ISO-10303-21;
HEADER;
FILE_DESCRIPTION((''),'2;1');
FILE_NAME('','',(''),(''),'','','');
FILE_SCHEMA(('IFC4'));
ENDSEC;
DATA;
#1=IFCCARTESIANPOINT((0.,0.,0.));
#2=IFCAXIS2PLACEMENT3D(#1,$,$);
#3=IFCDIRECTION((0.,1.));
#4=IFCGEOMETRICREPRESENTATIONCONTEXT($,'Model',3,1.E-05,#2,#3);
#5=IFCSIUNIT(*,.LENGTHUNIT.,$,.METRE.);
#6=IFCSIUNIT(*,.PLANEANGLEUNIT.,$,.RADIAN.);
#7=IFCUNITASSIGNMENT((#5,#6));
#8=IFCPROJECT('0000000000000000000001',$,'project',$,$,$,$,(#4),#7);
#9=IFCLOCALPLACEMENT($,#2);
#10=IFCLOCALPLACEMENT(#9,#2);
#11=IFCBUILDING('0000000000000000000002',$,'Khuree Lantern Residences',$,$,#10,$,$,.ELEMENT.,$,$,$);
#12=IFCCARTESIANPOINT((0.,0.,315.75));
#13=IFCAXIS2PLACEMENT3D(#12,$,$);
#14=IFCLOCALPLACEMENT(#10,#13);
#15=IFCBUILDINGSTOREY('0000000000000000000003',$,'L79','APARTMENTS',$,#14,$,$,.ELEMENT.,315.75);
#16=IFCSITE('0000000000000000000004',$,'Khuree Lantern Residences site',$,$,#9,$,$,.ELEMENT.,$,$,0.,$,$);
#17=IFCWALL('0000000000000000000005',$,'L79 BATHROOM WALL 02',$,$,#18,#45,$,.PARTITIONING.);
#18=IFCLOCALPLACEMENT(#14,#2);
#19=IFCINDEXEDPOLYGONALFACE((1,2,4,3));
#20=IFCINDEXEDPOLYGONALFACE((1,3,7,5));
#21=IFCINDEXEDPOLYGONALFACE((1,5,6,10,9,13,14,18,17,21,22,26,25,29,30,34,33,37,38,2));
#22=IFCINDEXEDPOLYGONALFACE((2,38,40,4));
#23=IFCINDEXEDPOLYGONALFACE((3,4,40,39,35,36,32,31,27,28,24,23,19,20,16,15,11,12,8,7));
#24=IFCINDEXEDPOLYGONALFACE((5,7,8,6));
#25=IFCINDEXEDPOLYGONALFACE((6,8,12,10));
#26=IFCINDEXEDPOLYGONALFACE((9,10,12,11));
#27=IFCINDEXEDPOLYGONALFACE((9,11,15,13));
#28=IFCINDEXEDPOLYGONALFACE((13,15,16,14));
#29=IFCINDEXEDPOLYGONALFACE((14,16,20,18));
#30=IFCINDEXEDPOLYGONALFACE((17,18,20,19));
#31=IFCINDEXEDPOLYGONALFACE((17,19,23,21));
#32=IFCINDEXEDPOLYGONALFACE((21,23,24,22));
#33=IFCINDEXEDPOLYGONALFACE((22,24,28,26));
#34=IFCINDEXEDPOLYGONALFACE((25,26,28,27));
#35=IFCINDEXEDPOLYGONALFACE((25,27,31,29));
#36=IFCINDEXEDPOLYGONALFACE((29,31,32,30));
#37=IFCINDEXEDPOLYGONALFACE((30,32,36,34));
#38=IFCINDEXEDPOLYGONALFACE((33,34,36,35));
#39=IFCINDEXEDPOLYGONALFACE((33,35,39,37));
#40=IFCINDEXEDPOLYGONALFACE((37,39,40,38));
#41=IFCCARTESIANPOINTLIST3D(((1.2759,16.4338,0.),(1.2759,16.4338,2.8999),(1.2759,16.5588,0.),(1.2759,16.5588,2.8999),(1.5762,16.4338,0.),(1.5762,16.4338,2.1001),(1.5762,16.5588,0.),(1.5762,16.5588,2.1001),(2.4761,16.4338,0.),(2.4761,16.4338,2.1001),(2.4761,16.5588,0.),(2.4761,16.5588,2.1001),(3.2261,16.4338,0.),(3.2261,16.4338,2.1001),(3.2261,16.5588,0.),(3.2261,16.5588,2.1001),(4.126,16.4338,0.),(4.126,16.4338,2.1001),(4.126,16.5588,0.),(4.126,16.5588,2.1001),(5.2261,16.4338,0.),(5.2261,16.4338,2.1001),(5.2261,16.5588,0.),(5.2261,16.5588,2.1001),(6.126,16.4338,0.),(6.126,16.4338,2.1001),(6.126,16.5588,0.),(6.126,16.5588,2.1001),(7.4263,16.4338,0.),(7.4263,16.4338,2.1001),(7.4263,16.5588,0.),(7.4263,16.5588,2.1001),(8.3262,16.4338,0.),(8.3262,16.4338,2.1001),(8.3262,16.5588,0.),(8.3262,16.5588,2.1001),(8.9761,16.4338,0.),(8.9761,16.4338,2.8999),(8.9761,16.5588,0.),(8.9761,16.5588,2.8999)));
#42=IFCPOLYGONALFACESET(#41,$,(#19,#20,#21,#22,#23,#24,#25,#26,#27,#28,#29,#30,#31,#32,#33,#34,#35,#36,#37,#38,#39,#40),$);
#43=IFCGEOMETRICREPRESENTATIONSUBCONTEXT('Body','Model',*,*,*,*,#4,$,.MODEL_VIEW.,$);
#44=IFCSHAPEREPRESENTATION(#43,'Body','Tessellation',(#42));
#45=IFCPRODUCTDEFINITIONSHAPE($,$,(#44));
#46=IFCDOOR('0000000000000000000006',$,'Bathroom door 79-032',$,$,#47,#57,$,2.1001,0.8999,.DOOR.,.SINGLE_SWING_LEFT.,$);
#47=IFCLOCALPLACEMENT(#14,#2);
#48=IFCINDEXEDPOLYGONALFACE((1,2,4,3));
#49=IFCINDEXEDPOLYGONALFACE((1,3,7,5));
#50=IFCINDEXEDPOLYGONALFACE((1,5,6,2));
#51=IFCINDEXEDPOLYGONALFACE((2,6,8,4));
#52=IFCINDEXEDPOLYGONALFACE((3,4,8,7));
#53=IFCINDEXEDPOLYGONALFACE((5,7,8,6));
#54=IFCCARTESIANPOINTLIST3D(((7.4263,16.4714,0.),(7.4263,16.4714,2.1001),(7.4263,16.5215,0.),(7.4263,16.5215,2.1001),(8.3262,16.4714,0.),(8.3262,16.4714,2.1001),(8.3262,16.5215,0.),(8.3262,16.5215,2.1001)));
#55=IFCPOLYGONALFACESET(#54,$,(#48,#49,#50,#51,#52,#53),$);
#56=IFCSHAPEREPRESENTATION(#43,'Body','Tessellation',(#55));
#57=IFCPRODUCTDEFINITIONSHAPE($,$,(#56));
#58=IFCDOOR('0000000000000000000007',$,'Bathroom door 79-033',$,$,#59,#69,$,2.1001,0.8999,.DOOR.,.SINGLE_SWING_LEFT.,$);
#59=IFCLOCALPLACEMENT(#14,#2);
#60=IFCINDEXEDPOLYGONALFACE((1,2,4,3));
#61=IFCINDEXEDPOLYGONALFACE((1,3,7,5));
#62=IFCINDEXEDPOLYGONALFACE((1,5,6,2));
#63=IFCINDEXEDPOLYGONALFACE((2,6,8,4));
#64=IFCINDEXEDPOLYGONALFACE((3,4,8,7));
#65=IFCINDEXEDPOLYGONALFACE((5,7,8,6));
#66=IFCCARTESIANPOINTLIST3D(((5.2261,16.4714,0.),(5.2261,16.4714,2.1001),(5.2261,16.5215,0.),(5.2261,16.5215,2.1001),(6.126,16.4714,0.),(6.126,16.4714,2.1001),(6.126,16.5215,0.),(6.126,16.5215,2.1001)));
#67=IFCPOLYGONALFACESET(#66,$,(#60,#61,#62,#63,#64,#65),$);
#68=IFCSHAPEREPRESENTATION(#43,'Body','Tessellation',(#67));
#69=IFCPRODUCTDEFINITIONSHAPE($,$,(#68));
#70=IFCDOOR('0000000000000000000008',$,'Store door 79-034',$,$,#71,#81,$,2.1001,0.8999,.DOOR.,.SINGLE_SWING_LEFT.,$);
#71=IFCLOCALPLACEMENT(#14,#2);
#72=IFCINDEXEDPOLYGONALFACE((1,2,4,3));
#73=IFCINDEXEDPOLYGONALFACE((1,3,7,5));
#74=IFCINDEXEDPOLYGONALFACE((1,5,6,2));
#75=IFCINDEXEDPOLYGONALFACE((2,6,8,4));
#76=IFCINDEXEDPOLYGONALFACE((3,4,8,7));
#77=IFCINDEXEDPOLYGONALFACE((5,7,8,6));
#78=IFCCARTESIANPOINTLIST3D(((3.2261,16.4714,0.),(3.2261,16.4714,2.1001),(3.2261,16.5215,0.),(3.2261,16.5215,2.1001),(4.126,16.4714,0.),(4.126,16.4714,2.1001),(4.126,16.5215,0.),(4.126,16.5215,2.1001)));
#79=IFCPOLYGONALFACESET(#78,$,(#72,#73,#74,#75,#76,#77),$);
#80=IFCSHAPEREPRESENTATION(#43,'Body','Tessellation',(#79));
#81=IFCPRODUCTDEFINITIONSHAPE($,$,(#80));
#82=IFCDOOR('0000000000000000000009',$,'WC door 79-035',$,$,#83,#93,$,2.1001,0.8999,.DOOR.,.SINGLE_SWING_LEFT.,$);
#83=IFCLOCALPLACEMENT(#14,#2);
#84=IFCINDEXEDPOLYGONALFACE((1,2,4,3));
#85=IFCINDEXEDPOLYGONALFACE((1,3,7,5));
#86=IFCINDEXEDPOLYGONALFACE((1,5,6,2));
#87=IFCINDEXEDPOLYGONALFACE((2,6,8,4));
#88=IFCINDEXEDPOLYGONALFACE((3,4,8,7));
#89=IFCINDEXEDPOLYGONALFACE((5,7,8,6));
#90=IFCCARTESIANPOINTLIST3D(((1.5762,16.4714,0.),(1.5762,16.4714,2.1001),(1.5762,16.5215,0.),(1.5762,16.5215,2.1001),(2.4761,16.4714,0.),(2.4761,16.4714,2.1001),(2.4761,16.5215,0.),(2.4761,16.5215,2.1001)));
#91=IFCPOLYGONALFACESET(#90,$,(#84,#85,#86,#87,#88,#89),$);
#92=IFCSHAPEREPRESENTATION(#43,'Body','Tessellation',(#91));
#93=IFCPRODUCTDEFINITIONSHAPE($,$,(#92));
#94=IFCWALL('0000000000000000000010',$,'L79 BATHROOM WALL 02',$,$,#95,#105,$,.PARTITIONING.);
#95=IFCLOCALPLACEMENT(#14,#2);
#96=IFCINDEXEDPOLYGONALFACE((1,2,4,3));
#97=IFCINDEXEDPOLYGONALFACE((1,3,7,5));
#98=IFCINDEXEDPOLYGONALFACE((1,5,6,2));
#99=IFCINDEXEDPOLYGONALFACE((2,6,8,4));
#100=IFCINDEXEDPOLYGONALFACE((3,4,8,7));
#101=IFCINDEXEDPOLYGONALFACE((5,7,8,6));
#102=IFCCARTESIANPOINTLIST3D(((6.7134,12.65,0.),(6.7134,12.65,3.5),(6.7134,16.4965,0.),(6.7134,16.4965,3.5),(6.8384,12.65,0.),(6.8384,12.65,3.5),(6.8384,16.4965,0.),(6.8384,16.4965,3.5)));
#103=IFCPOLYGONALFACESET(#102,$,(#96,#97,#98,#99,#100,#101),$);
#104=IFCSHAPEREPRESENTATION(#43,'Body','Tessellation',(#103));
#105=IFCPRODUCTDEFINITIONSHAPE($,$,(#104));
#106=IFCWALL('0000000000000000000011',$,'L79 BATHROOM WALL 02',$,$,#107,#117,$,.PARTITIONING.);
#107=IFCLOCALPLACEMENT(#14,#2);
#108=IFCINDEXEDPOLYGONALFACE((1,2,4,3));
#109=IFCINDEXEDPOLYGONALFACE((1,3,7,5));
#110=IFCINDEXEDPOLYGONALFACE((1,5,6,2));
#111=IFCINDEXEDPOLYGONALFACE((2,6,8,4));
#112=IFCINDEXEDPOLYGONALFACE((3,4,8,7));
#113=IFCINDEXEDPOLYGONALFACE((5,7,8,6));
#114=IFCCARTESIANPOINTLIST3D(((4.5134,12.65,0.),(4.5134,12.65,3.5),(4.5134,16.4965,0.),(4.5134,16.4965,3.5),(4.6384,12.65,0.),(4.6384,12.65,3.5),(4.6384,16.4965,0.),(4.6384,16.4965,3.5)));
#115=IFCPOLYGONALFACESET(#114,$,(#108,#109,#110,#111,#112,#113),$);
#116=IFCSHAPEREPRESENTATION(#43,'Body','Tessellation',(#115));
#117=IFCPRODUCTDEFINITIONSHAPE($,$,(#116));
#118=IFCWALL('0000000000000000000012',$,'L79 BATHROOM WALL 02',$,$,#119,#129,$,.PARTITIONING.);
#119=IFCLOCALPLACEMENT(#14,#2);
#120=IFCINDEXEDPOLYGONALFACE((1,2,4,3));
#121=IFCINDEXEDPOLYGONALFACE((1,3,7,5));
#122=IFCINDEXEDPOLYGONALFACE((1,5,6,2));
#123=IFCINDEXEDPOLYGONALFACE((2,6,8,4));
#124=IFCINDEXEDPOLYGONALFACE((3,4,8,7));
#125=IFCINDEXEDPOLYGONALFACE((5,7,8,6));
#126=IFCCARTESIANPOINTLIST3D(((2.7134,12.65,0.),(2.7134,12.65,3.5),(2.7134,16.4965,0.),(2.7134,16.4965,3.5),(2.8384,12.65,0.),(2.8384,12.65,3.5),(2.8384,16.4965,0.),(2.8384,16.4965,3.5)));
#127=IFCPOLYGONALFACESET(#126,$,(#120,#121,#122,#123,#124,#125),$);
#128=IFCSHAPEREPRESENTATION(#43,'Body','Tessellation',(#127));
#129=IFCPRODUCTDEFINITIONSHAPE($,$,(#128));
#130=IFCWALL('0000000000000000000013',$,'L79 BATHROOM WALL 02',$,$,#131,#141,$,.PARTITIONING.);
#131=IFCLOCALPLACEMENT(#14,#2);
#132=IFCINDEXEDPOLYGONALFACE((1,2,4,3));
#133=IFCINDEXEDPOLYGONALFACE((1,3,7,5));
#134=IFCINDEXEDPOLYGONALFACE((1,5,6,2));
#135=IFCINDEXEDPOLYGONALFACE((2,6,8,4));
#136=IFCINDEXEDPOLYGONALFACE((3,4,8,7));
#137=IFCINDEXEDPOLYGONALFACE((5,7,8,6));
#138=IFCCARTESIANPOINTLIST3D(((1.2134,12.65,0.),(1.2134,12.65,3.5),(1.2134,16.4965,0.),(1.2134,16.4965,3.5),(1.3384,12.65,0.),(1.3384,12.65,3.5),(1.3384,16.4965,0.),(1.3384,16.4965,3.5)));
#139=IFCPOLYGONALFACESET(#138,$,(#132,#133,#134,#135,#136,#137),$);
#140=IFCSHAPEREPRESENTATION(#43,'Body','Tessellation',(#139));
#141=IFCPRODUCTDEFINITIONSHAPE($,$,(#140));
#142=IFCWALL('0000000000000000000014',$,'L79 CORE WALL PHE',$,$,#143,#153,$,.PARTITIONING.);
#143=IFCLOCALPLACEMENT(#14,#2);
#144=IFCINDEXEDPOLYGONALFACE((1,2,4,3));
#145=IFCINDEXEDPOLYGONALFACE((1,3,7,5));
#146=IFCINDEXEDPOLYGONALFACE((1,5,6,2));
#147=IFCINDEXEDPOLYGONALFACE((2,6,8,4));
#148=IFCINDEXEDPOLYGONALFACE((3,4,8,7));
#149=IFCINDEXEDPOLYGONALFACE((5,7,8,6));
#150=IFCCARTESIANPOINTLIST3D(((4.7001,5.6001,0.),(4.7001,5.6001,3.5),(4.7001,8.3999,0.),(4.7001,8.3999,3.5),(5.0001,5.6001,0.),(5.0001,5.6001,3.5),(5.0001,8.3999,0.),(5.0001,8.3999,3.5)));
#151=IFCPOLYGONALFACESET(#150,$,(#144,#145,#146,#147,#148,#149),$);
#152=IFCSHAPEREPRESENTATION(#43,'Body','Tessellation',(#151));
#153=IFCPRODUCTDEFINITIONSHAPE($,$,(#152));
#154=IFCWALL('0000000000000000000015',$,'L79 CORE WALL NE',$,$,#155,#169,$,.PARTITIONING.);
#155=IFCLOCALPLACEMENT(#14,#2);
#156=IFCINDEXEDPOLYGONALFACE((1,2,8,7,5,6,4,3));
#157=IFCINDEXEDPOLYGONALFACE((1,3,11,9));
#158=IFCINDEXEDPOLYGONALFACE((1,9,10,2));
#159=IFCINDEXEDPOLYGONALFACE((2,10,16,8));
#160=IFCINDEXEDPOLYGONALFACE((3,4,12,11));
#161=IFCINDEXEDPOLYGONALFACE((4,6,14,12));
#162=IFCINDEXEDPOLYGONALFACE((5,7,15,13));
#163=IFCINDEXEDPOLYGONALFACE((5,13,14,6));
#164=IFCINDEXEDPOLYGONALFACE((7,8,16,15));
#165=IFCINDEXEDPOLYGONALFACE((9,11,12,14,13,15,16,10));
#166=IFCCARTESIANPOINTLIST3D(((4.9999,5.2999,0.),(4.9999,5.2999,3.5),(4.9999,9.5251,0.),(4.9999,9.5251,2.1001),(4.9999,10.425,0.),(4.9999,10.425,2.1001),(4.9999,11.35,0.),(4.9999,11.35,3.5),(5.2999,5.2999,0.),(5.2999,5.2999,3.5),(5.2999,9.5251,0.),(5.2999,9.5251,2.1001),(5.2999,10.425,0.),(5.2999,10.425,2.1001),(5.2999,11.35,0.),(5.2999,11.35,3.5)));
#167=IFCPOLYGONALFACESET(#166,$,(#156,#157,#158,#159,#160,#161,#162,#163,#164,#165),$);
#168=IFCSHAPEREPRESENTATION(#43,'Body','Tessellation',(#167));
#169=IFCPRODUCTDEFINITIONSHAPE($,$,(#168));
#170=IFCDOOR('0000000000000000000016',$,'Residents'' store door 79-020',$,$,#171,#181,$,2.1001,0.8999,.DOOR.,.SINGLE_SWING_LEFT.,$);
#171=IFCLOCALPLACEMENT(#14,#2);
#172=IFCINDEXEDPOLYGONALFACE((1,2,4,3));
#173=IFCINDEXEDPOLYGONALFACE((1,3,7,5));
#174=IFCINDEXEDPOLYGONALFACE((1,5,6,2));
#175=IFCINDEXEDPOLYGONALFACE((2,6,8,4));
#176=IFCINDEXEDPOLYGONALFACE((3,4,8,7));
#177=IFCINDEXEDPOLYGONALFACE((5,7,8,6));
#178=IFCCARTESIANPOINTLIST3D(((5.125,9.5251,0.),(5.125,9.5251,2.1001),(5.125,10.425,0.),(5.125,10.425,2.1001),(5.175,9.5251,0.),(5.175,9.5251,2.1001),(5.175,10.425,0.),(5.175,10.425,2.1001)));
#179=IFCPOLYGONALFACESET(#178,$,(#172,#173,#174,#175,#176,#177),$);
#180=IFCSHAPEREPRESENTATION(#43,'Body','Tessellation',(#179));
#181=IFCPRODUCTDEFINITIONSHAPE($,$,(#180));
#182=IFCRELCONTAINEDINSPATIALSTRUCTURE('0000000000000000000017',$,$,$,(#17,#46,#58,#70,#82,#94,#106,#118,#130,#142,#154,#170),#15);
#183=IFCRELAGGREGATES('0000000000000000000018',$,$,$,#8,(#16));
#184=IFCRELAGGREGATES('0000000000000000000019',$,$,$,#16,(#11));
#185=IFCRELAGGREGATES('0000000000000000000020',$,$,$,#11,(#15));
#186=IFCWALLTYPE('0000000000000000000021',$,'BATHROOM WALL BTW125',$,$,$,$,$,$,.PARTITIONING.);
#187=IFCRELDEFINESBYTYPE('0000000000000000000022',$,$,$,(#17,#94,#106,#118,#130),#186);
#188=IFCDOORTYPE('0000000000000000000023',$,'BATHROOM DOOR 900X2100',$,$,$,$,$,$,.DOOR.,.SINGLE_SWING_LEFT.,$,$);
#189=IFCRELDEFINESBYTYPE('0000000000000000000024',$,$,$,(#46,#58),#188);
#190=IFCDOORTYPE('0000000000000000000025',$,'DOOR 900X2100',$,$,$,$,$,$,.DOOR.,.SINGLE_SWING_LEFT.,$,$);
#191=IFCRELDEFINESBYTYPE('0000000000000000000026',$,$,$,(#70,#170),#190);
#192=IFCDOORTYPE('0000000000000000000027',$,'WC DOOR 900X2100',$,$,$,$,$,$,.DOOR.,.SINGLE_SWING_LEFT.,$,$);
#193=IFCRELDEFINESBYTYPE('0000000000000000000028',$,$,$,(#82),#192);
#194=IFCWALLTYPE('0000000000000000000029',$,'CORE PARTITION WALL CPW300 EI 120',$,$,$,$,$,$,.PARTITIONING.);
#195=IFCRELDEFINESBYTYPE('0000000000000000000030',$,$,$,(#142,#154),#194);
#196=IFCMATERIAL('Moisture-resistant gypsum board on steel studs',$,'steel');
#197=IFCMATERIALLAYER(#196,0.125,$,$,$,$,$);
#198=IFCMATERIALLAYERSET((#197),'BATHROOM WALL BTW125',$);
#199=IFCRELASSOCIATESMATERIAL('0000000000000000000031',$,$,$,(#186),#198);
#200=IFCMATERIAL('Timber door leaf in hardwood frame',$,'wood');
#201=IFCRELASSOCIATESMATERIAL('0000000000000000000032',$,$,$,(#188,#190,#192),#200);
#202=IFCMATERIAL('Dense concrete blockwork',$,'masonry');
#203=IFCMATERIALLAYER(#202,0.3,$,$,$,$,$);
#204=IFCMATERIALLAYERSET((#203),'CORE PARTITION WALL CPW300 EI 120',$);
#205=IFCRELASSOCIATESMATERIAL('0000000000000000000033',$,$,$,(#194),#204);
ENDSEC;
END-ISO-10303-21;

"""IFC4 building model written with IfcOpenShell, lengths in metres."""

from ifc_helpers import new_model, si_unit, direction, frame, frame_2d, origin, place, context, subcontext, project, spatial, rectangle, extrude, material, layer, layer_set, type_object, element, fill, save


model = new_model("IFC4")

# Units and contexts
model_context = context("Model", 3, precision=1e-05, world=origin(), true_north=direction((0.0, 1.0)))
body_context = subcontext(model_context, "Body", "Model", "MODEL_VIEW")
ifc_project = project(units=[si_unit("LENGTHUNIT", "METRE"), si_unit("PLANEANGLEUNIT", "RADIAN")], contexts=[model_context])

# Site, building, storey
site_placement = place(None, origin())
site = spatial("IfcSite", under=ifc_project, at=site_placement, Name="Khuree Lantern Residences site", CompositionType="ELEMENT", RefElevation=0.0)
building_placement = place(site_placement, origin())
building = spatial("IfcBuilding", under=site, at=building_placement, Name="Khuree Lantern Residences", CompositionType="ELEMENT")
storey_placement = place(building_placement, frame((0.0, 0.0, 315.75)))
storey = spatial("IfcBuildingStorey", under=building, at=storey_placement, Name="L79", Description="APARTMENTS", CompositionType="ELEMENT", Elevation=315.75)

# Wall, openings, doors
ifc_material_1 = material(Name="Moisture-resistant gypsum board on steel studs", Category="steel")
ifc_layer_1 = layer(ifc_material_1, 0.125)
ifc_layer_set_1 = layer_set([ifc_layer_1], Name="BATHROOM WALL BTW125")
wall_type_1 = type_object("IfcWallType", Name="BATHROOM WALL BTW125", PredefinedType="PARTITIONING", material=ifc_layer_set_1)
wall_1_placement = place(storey_placement, frame((8.9761, 16.4963, 0.0), z_axis=(0.0, 0.0, 1.0), x_axis=(-1.0, 0.0, 0.0)))
wall_1 = element("IfcWall", 1, at=wall_1_placement, inside=storey, type_object=wall_type_1, Name="L79 BATHROOM WALL 02", PredefinedType="PARTITIONING", context=body_context, shape_type="SweptSolid", body=[
    extrude(rectangle(XDim=7.7002, YDim=0.125, at=frame_2d((3.8501, 0.0))), origin(), (0.0, 0.0, 1.0), 2.8999),
])
opening_1_placement = place(wall_1_placement, frame((0.6499, 0.0, 0.0)))
opening_1 = element("IfcOpeningElement", 2, at=opening_1_placement, cuts=wall_1, PredefinedType="OPENING", context=body_context, shape_type="SweptSolid", body=[
    extrude(rectangle(XDim=0.8999, YDim=2.1001, at=frame_2d((0.45, 1.05))), frame((0.0, 0.0725, 0.0), z_axis=(0.0, -1.0, 0.0), x_axis=(1.0, 0.0, 0.0)), (0.0, 0.0, 1.0), 0.145),
])
opening_2_placement = place(wall_1_placement, frame((2.8501, 0.0, 0.0)))
opening_2 = element("IfcOpeningElement", 3, at=opening_2_placement, cuts=wall_1, PredefinedType="OPENING", context=body_context, shape_type="SweptSolid", body=[
    extrude(rectangle(XDim=0.8999, YDim=2.1001, at=frame_2d((0.45, 1.05))), frame((0.0, 0.0725, 0.0), z_axis=(0.0, -1.0, 0.0), x_axis=(1.0, 0.0, 0.0)), (0.0, 0.0, 1.0), 0.145),
])
opening_3_placement = place(wall_1_placement, frame((4.8501, 0.0, 0.0)))
opening_3 = element("IfcOpeningElement", 4, at=opening_3_placement, cuts=wall_1, PredefinedType="OPENING", context=body_context, shape_type="SweptSolid", body=[
    extrude(rectangle(XDim=0.8999, YDim=2.1001, at=frame_2d((0.45, 1.05))), frame((0.0, 0.0725, 0.0), z_axis=(0.0, -1.0, 0.0), x_axis=(1.0, 0.0, 0.0)), (0.0, 0.0, 1.0), 0.145),
])
opening_4_placement = place(wall_1_placement, frame((6.5, 0.0, 0.0)))
opening_4 = element("IfcOpeningElement", 5, at=opening_4_placement, cuts=wall_1, PredefinedType="OPENING", context=body_context, shape_type="SweptSolid", body=[
    extrude(rectangle(XDim=0.8999, YDim=2.1001, at=frame_2d((0.45, 1.05))), frame((0.0, 0.0725, 0.0), z_axis=(0.0, -1.0, 0.0), x_axis=(1.0, 0.0, 0.0)), (0.0, 0.0, 1.0), 0.145),
])
ifc_material_2 = material(Name="Timber door leaf in hardwood frame", Category="wood")
door_type_1 = type_object("IfcDoorType", Name="BATHROOM DOOR 900X2100", OperationType="SINGLE_SWING_LEFT", PredefinedType="DOOR", material=ifc_material_2)
door_1_placement = place(opening_1_placement, origin())
door_1 = element("IfcDoor", 6, at=door_1_placement, inside=storey, type_object=door_type_1, Name="Bathroom door 79-032", OperationType="SINGLE_SWING_LEFT", OverallHeight=2.1001, OverallWidth=0.8999, PredefinedType="DOOR", context=body_context, shape_type="SweptSolid", body=[
    extrude(rectangle(XDim=0.8999, YDim=2.1001, at=frame_2d((0.45, 1.05))), frame((0.0, 0.0249, 0.0), z_axis=(0.0, -1.0, 0.0), x_axis=(1.0, 0.0, 0.0)), (0.0, 0.0, 1.0), 0.05),
])
fill(opening_1, door_1)
door_2_placement = place(opening_2_placement, origin())
door_2 = element("IfcDoor", 7, at=door_2_placement, inside=storey, type_object=door_type_1, Name="Bathroom door 79-033", OperationType="SINGLE_SWING_LEFT", OverallHeight=2.1001, OverallWidth=0.8999, PredefinedType="DOOR", context=body_context, shape_type="SweptSolid", body=[
    extrude(rectangle(XDim=0.8999, YDim=2.1001, at=frame_2d((0.45, 1.05))), frame((0.0, 0.0249, 0.0), z_axis=(0.0, -1.0, 0.0), x_axis=(1.0, 0.0, 0.0)), (0.0, 0.0, 1.0), 0.05),
])
fill(opening_2, door_2)
door_type_2 = type_object("IfcDoorType", Name="DOOR 900X2100", OperationType="SINGLE_SWING_LEFT", PredefinedType="DOOR", material=ifc_material_2)
door_3_placement = place(opening_3_placement, origin())
door_3 = element("IfcDoor", 8, at=door_3_placement, inside=storey, type_object=door_type_2, Name="Store door 79-034", OperationType="SINGLE_SWING_LEFT", OverallHeight=2.1001, OverallWidth=0.8999, PredefinedType="DOOR", context=body_context, shape_type="SweptSolid", body=[
    extrude(rectangle(XDim=0.8999, YDim=2.1001, at=frame_2d((0.45, 1.05))), frame((0.0, 0.0249, 0.0), z_axis=(0.0, -1.0, 0.0), x_axis=(1.0, 0.0, 0.0)), (0.0, 0.0, 1.0), 0.05),
])
fill(opening_3, door_3)
door_type_3 = type_object("IfcDoorType", Name="WC DOOR 900X2100", OperationType="SINGLE_SWING_LEFT", PredefinedType="DOOR", material=ifc_material_2)
door_4_placement = place(opening_4_placement, origin())
door_4 = element("IfcDoor", 9, at=door_4_placement, inside=storey, type_object=door_type_3, Name="WC door 79-035", OperationType="SINGLE_SWING_LEFT", OverallHeight=2.1001, OverallWidth=0.8999, PredefinedType="DOOR", context=body_context, shape_type="SweptSolid", body=[
    extrude(rectangle(XDim=0.8999, YDim=2.1001, at=frame_2d((0.45, 1.05))), frame((0.0, 0.0249, 0.0), z_axis=(0.0, -1.0, 0.0), x_axis=(1.0, 0.0, 0.0)), (0.0, 0.0, 1.0), 0.05),
])
fill(opening_4, door_4)

# Walls
for number, where, z_axis, x_axis, name in (
    (10, (6.7759, 12.6499, 0.0), (0.0, 0.0, 1.0), (0.0, 1.0, 0.0), "L79 BATHROOM WALL 02"),
    (11, (4.5759, 12.6499, 0.0), (0.0, 0.0, 1.0), (0.0, 1.0, 0.0), "L79 BATHROOM WALL 02"),
    (12, (2.7759, 12.6499, 0.0), (0.0, 0.0, 1.0), (0.0, 1.0, 0.0), "L79 BATHROOM WALL 02"),
    (13, (1.2759, 12.6499, 0.0), (0.0, 0.0, 1.0), (0.0, 1.0, 0.0), "L79 BATHROOM WALL 02"),
):
    element("IfcWall", number, at=place(storey_placement, frame(where, z_axis=z_axis, x_axis=x_axis)), inside=storey, type_object=wall_type_1, Name=name, PredefinedType="PARTITIONING", context=body_context, shape_type="SweptSolid", body=[
        extrude(rectangle(XDim=3.8464, YDim=0.125, at=frame_2d((1.9233, 0.0))), origin(), (0.0, 0.0, 1.0), 3.5),
    ])
ifc_material_3 = material(Name="Dense concrete blockwork", Category="masonry")
ifc_layer_2 = layer(ifc_material_3, 0.3)
ifc_layer_set_2 = layer_set([ifc_layer_2], Name="CORE PARTITION WALL CPW300 EI 120")
wall_type_2 = type_object("IfcWallType", Name="CORE PARTITION WALL CPW300 EI 120", PredefinedType="PARTITIONING", material=ifc_layer_set_2)
wall_2_placement = place(storey_placement, frame((4.8501, 5.6001, 0.0), z_axis=(0.0, 0.0, 1.0), x_axis=(0.0, 1.0, 0.0)))
element("IfcWall", 14, at=wall_2_placement, inside=storey, type_object=wall_type_2, Name="L79 CORE WALL PHE", PredefinedType="PARTITIONING", context=body_context, shape_type="SweptSolid", body=[
    extrude(rectangle(XDim=2.7998, YDim=0.3, at=frame_2d((1.3999, 0.0))), origin(), (0.0, 0.0, 1.0), 3.5),
])

# Wall, opening, door
wall_3_placement = place(storey_placement, frame((5.1499, 5.3, 0.0), z_axis=(0.0, 0.0, 1.0), x_axis=(0.0, 1.0, 0.0)))
wall_3 = element("IfcWall", 15, at=wall_3_placement, inside=storey, type_object=wall_type_2, Name="L79 CORE WALL NE", PredefinedType="PARTITIONING", context=body_context, shape_type="SweptSolid", body=[
    extrude(rectangle(XDim=6.05, YDim=0.3, at=frame_2d((3.0249, 0.0))), origin(), (0.0, 0.0, 1.0), 3.5),
])
opening_5_placement = place(wall_3_placement, frame((4.2251, 0.0, 0.0)))
opening_5 = element("IfcOpeningElement", 16, at=opening_5_placement, cuts=wall_3, PredefinedType="OPENING", context=body_context, shape_type="SweptSolid", body=[
    extrude(rectangle(XDim=0.8999, YDim=2.1001, at=frame_2d((0.45, 1.05))), frame((0.0, 0.1602, 0.0), z_axis=(0.0, -1.0, 0.0), x_axis=(1.0, 0.0, 0.0)), (0.0, 0.0, 1.0), 0.3201),
])
door_5_placement = place(opening_5_placement, origin())
door_5 = element("IfcDoor", 17, at=door_5_placement, inside=storey, type_object=door_type_2, Name="Residents' store door 79-020", OperationType="SINGLE_SWING_LEFT", OverallHeight=2.1001, OverallWidth=0.8999, PredefinedType="DOOR", context=body_context, shape_type="SweptSolid", body=[
    extrude(rectangle(XDim=0.8999, YDim=2.1001, at=frame_2d((0.45, 1.05))), frame((0.0, 0.0249, 0.0), z_axis=(0.0, -1.0, 0.0), x_axis=(1.0, 0.0, 0.0)), (0.0, 0.0, 1.0), 0.05),
])
fill(opening_5, door_5)

save(model, "model.ifc")
